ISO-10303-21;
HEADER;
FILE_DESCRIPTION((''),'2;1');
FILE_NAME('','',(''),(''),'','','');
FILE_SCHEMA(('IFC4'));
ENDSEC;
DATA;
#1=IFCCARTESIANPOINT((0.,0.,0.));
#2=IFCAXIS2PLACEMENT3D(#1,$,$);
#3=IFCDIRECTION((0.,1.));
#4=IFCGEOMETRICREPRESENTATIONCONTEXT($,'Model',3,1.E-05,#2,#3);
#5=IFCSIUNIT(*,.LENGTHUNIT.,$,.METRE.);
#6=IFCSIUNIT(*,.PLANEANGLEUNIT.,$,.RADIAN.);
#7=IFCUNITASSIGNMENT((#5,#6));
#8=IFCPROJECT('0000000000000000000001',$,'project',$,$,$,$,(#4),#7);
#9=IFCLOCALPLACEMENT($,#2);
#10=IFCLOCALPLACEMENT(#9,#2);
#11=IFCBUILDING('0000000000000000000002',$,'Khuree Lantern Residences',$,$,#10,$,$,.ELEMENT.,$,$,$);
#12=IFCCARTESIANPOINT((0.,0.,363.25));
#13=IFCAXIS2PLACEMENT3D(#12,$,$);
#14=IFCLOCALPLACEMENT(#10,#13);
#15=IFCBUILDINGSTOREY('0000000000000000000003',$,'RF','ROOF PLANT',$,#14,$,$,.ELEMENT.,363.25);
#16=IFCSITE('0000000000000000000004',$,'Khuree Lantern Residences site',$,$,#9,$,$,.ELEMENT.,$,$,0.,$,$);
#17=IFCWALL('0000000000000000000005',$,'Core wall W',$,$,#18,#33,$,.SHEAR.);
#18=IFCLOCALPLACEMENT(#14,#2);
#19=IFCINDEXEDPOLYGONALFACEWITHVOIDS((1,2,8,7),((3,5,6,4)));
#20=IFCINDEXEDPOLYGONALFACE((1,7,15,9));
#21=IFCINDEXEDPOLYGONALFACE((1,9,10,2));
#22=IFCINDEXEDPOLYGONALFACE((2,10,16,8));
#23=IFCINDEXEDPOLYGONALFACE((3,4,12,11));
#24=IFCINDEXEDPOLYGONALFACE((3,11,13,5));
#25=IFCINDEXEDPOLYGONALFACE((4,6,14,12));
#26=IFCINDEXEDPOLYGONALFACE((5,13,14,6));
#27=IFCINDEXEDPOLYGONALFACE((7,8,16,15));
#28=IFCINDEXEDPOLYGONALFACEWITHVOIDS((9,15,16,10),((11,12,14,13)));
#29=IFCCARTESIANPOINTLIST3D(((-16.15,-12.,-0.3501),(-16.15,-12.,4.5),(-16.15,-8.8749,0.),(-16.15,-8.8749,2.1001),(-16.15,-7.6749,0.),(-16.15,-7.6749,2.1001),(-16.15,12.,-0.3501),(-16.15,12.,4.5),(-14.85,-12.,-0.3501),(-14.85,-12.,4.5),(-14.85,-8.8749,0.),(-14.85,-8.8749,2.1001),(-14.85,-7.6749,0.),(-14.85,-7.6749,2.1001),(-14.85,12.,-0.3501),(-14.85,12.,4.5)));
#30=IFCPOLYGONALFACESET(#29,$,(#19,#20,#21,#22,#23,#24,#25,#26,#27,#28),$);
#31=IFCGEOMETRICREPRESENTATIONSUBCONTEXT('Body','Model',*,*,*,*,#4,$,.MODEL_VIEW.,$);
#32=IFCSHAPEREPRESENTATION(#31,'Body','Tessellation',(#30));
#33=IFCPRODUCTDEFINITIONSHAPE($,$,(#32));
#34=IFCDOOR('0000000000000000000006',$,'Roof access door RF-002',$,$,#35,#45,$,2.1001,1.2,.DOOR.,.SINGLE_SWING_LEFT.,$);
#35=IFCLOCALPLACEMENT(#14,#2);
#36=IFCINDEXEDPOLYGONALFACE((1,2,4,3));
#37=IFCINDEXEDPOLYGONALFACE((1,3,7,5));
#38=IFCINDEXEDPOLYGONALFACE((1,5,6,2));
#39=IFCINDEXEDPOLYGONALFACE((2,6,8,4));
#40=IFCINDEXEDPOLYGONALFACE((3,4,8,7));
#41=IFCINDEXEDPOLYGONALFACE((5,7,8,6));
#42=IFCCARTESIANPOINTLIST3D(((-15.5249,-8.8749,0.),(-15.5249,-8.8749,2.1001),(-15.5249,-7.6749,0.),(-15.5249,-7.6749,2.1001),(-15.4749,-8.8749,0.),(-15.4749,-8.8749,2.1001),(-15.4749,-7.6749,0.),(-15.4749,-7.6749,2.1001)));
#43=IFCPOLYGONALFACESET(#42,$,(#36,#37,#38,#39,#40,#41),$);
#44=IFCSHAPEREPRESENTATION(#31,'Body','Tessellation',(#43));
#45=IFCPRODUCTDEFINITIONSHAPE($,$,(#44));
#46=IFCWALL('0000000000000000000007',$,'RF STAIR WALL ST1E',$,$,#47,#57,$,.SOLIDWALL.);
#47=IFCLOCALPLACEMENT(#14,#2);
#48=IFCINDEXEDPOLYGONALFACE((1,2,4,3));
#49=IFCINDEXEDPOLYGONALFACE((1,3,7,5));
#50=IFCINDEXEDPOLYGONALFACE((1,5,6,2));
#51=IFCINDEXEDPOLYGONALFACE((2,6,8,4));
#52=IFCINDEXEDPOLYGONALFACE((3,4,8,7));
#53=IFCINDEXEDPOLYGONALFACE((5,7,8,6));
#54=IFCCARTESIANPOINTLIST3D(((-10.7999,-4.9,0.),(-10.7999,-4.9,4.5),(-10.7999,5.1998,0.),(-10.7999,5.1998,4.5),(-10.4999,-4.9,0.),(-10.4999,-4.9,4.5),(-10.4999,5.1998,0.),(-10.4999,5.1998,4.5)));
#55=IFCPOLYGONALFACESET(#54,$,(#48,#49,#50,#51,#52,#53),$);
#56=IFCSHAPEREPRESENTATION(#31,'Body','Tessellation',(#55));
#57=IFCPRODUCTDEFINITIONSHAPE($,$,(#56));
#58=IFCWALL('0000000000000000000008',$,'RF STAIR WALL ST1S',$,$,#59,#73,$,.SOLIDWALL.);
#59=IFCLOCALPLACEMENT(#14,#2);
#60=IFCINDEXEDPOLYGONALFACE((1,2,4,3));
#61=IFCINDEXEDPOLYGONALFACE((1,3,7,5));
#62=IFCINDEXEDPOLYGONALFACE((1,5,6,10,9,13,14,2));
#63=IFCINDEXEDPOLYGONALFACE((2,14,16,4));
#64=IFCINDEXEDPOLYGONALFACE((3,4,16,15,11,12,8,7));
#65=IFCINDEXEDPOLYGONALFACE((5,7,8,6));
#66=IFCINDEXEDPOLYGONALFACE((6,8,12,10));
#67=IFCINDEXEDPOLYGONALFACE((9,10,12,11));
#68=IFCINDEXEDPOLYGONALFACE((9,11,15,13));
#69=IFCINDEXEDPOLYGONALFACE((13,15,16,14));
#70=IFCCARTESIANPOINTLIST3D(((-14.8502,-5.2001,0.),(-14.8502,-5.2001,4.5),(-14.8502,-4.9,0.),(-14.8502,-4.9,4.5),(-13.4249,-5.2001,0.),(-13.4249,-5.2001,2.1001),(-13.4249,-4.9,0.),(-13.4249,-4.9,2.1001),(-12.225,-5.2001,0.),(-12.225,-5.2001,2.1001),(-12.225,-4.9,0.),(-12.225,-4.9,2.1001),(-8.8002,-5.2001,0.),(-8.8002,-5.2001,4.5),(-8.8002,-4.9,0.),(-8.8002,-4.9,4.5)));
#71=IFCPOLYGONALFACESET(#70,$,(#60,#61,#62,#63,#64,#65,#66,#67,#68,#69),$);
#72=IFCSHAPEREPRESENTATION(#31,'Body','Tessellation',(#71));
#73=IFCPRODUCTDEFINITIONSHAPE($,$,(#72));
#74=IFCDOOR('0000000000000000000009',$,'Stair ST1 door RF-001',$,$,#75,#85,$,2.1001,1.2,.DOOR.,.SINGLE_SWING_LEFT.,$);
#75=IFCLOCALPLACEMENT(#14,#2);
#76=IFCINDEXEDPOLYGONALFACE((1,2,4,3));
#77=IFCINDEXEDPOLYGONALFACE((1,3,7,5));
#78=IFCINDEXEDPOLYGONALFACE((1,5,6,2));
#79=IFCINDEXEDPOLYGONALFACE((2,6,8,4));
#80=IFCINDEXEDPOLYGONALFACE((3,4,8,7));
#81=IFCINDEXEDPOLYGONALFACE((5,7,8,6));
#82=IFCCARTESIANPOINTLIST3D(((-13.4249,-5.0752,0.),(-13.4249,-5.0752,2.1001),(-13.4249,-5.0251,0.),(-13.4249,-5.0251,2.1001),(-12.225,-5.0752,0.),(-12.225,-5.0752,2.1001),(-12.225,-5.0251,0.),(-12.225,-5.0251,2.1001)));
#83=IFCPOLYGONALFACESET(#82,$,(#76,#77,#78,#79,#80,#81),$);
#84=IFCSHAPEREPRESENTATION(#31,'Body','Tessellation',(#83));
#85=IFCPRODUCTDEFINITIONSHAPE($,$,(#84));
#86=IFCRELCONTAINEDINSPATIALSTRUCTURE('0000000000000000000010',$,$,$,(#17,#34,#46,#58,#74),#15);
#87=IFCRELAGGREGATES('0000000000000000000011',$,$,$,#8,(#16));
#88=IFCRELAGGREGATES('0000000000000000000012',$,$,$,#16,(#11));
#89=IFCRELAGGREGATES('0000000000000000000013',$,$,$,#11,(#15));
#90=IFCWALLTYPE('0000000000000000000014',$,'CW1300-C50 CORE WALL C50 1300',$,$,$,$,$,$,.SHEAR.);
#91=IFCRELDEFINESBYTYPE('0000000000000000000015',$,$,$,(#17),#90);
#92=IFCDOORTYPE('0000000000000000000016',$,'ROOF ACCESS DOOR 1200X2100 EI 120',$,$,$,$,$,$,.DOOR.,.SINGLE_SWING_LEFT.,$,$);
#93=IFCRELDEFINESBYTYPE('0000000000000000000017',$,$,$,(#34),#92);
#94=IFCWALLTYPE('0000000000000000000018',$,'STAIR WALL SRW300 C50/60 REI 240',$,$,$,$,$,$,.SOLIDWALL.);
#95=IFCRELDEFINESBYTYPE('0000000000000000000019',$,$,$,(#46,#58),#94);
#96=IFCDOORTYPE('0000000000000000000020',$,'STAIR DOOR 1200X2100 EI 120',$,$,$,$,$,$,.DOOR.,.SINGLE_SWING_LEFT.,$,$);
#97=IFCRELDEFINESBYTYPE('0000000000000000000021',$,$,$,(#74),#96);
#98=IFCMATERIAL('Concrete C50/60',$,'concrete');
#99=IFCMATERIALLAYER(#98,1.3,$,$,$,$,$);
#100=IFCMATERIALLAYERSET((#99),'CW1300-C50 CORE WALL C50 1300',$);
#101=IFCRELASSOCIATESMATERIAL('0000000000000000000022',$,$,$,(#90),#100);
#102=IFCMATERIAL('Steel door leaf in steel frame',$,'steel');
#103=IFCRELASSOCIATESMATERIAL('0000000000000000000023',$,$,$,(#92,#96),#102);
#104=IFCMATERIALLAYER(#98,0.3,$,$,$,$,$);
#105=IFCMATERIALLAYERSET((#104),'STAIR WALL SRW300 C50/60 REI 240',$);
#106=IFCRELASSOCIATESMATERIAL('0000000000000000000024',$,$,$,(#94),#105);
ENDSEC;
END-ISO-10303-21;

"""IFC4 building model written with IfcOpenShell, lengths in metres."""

from ifc_helpers import new_model, si_unit, direction, frame, frame_2d, origin, place, context, subcontext, project, spatial, rectangle, extrude, material, layer, layer_set, type_object, element, fill, save


model = new_model("IFC4")

# Units and contexts
model_context = context("Model", 3, precision=1e-05, world=origin(), true_north=direction((0.0, 1.0)))
body_context = subcontext(model_context, "Body", "Model", "MODEL_VIEW")
ifc_project = project(units=[si_unit("LENGTHUNIT", "METRE"), si_unit("PLANEANGLEUNIT", "RADIAN")], contexts=[model_context])

# Site, building, storey
site_placement = place(None, origin())
site = spatial("IfcSite", under=ifc_project, at=site_placement, Name="Khuree Lantern Residences site", CompositionType="ELEMENT", RefElevation=0.0)
building_placement = place(site_placement, origin())
building = spatial("IfcBuilding", under=site, at=building_placement, Name="Khuree Lantern Residences", CompositionType="ELEMENT")
storey_placement = place(building_placement, frame((0.0, 0.0, 363.25)))
storey = spatial("IfcBuildingStorey", under=building, at=storey_placement, Name="RF", Description="ROOF PLANT", CompositionType="ELEMENT", Elevation=363.25)

# Shared definitions
ifc_material_1 = material(Name="Concrete C50/60", Category="concrete")

# Shared definitions
ifc_layer_1 = layer(ifc_material_1, 1.3)
ifc_layer_set_1 = layer_set([ifc_layer_1], Name="CW1300-C50 CORE WALL C50 1300")
wall_type_1 = type_object("IfcWallType", Name="CW1300-C50 CORE WALL C50 1300", PredefinedType="SHEAR", material=ifc_layer_set_1)

# Wall, opening, door
wall_1_placement = place(storey_placement, frame((-15.5, -12.0, -0.3501), z_axis=(0.0, 0.0, 1.0), x_axis=(0.0, 1.0, 0.0)))
wall_1 = element("IfcWall", 1, at=wall_1_placement, inside=storey, type_object=wall_type_1, Name="Core wall W", PredefinedType="SHEAR", context=body_context, shape_type="SweptSolid", body=[
    extrude(rectangle(XDim=24.0, YDim=1.3, at=frame_2d((12.0, 0.0))), origin(), (0.0, 0.0, 1.0), 4.8501),
])
opening_1_placement = place(wall_1_placement, frame((3.125, 0.0, 0.3501)))
opening_1 = element("IfcOpeningElement", 2, at=opening_1_placement, cuts=wall_1, PredefinedType="OPENING", context=body_context, shape_type="SweptSolid", body=[
    extrude(rectangle(XDim=1.2, YDim=2.1001, at=frame_2d((0.6001, 1.05))), frame((0.0, 0.6602, 0.0), z_axis=(0.0, -1.0, 0.0), x_axis=(1.0, 0.0, 0.0)), (0.0, 0.0, 1.0), 1.3201),
])
ifc_material_2 = material(Name="Steel door leaf in steel frame", Category="steel")
door_type_1 = type_object("IfcDoorType", Name="ROOF ACCESS DOOR 1200X2100 EI 120", OperationType="SINGLE_SWING_LEFT", PredefinedType="DOOR", material=ifc_material_2)
door_1_placement = place(opening_1_placement, origin())
door_1 = element("IfcDoor", 3, at=door_1_placement, inside=storey, type_object=door_type_1, Name="Roof access door RF-002", OperationType="SINGLE_SWING_LEFT", OverallHeight=2.1001, OverallWidth=1.2, PredefinedType="DOOR", context=body_context, shape_type="SweptSolid", body=[
    extrude(rectangle(XDim=1.2, YDim=2.1001, at=frame_2d((0.6001, 1.05))), frame((0.0, 0.0249, 0.0), z_axis=(0.0, -1.0, 0.0), x_axis=(1.0, 0.0, 0.0)), (0.0, 0.0, 1.0), 0.05),
])
fill(opening_1, door_1)

# Wall
ifc_layer_2 = layer(ifc_material_1, 0.3)
ifc_layer_set_2 = layer_set([ifc_layer_2], Name="STAIR WALL SRW300 C50/60 REI 240")
wall_type_2 = type_object("IfcWallType", Name="STAIR WALL SRW300 C50/60 REI 240", PredefinedType="SOLIDWALL", material=ifc_layer_set_2)
wall_2_placement = place(storey_placement, frame((-10.6499, -4.8999, 0.0), z_axis=(0.0, 0.0, 1.0), x_axis=(0.0, 1.0, 0.0)))
element("IfcWall", 4, at=wall_2_placement, inside=storey, type_object=wall_type_2, Name="RF STAIR WALL ST1E", PredefinedType="SOLIDWALL", context=body_context, shape_type="SweptSolid", body=[
    extrude(rectangle(XDim=10.0999, YDim=0.3, at=frame_2d((5.0498, 0.0))), origin(), (0.0, 0.0, 1.0), 4.5),
])

# Wall, opening, door
wall_3_placement = place(storey_placement, frame((-14.8501, -5.05, 0.0), z_axis=(0.0, 0.0, 1.0), x_axis=(1.0, 0.0, 0.0)))
wall_3 = element("IfcWall", 5, at=wall_3_placement, inside=storey, type_object=wall_type_2, Name="RF STAIR WALL ST1S", PredefinedType="SOLIDWALL", context=body_context, shape_type="SweptSolid", body=[
    extrude(rectangle(XDim=6.05, YDim=0.3, at=frame_2d((3.0249, 0.0))), origin(), (0.0, 0.0, 1.0), 4.5),
])
opening_2_placement = place(wall_3_placement, frame((1.425, 0.0, 0.0)))
opening_2 = element("IfcOpeningElement", 6, at=opening_2_placement, cuts=wall_3, PredefinedType="OPENING", context=body_context, shape_type="SweptSolid", body=[
    extrude(rectangle(XDim=1.2, YDim=2.1001, at=frame_2d((0.6001, 1.05))), frame((0.0, 0.1602, 0.0), z_axis=(0.0, -1.0, 0.0), x_axis=(1.0, 0.0, 0.0)), (0.0, 0.0, 1.0), 0.3201),
])
door_type_2 = type_object("IfcDoorType", Name="STAIR DOOR 1200X2100 EI 120", OperationType="SINGLE_SWING_LEFT", PredefinedType="DOOR", material=ifc_material_2)
door_2_placement = place(opening_2_placement, origin())
door_2 = element("IfcDoor", 7, at=door_2_placement, inside=storey, type_object=door_type_2, Name="Stair ST1 door RF-001", OperationType="SINGLE_SWING_LEFT", OverallHeight=2.1001, OverallWidth=1.2, PredefinedType="DOOR", context=body_context, shape_type="SweptSolid", body=[
    extrude(rectangle(XDim=1.2, YDim=2.1001, at=frame_2d((0.6001, 1.05))), frame((0.0, 0.0249, 0.0), z_axis=(0.0, -1.0, 0.0), x_axis=(1.0, 0.0, 0.0)), (0.0, 0.0, 1.0), 0.05),
])
fill(opening_2, door_2)

save(model, "model.ifc")
